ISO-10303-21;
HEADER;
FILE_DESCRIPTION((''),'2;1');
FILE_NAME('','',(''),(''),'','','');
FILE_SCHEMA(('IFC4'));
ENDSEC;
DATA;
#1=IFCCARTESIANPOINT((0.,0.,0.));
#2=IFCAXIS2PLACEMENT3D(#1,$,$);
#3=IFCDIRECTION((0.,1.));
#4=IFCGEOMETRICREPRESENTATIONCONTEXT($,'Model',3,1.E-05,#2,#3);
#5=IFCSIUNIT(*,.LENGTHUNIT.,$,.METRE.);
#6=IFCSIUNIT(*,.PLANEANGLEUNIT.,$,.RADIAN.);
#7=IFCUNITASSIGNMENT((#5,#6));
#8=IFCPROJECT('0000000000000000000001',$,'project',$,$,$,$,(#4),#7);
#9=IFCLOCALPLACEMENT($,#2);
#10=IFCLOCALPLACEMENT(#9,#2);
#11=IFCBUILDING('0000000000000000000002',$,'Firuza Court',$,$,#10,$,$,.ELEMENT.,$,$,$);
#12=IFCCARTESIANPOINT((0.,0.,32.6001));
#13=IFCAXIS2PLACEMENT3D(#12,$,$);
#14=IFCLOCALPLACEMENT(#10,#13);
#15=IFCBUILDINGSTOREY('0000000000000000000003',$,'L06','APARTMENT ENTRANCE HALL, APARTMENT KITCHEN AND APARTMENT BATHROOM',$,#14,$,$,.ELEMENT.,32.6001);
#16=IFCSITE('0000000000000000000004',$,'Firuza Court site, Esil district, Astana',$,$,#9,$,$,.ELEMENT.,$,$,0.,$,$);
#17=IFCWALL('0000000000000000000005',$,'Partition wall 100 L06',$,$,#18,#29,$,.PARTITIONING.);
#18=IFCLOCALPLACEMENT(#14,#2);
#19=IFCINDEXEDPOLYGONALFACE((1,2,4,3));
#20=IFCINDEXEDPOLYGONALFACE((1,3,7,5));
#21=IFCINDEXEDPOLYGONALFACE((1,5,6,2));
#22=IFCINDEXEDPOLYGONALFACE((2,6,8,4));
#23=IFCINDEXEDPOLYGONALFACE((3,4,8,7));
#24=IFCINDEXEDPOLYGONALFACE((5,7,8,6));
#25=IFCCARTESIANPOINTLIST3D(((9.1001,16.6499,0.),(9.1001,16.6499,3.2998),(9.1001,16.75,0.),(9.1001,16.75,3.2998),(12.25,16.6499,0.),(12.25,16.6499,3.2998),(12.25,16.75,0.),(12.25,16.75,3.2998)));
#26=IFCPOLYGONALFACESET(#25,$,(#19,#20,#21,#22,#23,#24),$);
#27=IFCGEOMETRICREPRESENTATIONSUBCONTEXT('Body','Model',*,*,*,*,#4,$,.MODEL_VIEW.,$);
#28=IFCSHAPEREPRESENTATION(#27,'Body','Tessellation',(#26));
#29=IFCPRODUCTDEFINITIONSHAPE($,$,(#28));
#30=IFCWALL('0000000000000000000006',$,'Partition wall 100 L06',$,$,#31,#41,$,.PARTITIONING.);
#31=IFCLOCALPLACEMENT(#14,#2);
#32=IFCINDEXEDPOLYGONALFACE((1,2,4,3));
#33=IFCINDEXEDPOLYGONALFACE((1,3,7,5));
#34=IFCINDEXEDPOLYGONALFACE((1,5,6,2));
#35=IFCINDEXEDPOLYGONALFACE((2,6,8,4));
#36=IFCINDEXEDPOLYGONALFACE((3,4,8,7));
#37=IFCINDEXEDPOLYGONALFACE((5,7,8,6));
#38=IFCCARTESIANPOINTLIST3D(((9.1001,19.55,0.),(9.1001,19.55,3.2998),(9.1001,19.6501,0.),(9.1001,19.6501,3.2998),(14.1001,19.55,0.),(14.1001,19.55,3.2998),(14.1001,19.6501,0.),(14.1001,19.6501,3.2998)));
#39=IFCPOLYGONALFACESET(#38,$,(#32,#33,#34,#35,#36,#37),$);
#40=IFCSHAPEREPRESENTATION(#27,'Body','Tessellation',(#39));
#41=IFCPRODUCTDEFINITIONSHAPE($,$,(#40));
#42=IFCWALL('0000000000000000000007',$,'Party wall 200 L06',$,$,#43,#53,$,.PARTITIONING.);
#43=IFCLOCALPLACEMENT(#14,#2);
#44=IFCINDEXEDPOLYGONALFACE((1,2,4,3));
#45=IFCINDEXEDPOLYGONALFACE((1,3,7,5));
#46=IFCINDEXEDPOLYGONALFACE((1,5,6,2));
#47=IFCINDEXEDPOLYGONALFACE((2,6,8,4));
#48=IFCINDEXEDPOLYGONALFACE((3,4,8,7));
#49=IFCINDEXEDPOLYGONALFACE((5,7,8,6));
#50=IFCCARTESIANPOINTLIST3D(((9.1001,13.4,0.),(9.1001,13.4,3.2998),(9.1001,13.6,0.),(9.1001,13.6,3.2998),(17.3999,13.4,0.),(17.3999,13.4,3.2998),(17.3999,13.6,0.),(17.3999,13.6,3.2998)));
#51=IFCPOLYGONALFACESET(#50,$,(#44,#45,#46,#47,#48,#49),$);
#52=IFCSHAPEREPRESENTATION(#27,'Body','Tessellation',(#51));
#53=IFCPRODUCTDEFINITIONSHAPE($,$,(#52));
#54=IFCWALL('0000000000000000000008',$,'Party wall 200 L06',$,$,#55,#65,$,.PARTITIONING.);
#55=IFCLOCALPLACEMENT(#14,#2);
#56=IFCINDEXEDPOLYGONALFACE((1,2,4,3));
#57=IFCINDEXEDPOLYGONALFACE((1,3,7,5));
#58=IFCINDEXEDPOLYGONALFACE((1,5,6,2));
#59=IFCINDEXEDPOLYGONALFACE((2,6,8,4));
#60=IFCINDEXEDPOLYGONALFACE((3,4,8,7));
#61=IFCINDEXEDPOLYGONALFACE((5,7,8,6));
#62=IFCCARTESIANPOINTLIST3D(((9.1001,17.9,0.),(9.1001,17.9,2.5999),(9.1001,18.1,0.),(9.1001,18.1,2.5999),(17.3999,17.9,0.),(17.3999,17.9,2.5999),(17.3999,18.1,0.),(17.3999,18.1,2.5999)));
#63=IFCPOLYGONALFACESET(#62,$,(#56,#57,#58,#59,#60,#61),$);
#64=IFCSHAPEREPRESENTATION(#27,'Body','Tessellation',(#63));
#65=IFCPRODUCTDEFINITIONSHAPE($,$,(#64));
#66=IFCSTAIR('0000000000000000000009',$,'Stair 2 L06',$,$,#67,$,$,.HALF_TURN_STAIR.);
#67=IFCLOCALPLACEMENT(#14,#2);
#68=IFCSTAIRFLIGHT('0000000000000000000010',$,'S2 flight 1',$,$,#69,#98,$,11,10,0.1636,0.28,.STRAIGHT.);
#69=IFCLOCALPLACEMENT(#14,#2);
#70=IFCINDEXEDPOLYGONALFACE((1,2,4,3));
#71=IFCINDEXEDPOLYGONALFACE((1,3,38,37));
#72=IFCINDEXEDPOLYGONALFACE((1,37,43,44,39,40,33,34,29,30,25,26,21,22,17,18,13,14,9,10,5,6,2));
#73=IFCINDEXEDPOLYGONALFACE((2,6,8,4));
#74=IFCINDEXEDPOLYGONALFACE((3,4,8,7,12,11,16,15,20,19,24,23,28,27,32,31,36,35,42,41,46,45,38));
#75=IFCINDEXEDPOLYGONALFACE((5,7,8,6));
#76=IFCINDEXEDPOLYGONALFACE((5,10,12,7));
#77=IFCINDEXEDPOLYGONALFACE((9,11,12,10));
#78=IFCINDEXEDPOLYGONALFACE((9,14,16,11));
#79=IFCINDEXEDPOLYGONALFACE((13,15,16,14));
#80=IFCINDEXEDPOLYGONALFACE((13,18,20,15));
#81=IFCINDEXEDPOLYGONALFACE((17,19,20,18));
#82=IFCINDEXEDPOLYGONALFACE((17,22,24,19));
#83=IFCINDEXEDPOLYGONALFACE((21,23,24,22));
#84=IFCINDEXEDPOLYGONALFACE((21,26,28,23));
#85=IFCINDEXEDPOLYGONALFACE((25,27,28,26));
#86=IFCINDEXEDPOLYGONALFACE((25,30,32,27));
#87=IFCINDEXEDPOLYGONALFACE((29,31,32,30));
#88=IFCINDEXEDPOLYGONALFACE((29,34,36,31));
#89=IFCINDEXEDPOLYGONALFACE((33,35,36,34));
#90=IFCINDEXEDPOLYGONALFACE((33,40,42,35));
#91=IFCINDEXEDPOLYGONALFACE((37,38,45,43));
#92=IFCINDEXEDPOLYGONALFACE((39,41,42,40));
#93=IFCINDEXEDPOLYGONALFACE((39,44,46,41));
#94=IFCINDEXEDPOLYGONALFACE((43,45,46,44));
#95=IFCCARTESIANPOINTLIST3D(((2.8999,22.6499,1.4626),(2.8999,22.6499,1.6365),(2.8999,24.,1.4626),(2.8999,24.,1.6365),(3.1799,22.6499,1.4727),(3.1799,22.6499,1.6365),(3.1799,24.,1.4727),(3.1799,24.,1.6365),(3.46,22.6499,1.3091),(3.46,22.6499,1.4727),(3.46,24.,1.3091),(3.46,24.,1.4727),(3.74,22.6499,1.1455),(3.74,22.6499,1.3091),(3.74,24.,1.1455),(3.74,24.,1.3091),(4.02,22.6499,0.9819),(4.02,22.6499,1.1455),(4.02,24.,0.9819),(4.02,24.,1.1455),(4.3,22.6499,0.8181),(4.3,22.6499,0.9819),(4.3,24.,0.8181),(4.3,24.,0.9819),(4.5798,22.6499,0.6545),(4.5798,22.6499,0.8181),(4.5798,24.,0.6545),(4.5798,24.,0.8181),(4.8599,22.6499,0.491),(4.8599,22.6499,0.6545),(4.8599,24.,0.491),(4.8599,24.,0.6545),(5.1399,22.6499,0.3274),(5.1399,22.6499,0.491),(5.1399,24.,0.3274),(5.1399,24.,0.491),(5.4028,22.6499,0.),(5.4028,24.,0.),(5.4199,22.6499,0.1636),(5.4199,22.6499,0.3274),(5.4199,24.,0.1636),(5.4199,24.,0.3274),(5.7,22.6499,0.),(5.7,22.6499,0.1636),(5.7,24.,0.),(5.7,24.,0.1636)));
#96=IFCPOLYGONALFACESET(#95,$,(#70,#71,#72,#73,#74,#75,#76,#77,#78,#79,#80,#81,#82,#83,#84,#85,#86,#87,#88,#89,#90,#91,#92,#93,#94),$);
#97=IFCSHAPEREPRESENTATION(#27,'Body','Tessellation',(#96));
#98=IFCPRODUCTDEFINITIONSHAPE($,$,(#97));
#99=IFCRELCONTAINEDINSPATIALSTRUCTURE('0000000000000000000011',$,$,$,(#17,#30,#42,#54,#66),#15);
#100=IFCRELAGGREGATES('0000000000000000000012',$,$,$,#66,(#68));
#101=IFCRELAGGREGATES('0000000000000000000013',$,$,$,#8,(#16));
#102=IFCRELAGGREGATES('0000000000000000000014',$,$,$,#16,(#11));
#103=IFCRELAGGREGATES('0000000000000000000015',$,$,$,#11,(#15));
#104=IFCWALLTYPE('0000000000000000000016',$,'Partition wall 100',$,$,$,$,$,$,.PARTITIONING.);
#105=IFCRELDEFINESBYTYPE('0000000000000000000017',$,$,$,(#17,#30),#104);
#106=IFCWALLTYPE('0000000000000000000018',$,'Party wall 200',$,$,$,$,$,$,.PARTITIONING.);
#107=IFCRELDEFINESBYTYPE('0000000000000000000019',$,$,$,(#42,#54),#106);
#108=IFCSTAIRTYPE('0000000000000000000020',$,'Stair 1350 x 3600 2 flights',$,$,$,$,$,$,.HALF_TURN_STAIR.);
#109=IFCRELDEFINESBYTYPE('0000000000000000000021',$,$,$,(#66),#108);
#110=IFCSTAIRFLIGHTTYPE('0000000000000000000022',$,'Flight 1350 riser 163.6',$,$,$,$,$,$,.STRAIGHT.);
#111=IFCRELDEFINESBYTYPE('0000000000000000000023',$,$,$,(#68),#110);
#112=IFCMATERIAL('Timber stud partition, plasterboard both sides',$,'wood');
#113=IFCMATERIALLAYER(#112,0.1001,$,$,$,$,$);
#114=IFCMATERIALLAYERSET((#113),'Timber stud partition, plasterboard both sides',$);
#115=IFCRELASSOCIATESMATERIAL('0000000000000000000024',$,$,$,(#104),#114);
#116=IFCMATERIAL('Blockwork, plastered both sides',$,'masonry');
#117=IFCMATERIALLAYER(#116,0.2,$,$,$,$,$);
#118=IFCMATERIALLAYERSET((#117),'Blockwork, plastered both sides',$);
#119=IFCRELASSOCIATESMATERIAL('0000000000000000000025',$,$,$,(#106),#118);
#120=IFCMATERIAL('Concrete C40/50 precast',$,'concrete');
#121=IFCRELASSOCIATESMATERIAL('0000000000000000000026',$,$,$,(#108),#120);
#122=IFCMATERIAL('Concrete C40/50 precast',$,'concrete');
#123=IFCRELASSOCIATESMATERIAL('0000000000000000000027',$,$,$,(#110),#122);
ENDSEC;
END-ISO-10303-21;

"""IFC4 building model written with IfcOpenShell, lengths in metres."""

from ifc_helpers import new_model, si_unit, direction, frame, frame_2d, origin, place, context, subcontext, project, spatial, polyline, rectangle, outline, extrude, material, layer, layer_set, type_object, element, aggregate, save


model = new_model("IFC4")

# Units and contexts
model_context = context("Model", 3, precision=1e-05, world=origin(), true_north=direction((0.0, 1.0)))
body_context = subcontext(model_context, "Body", "Model", "MODEL_VIEW")
ifc_project = project(units=[si_unit("LENGTHUNIT", "METRE"), si_unit("PLANEANGLEUNIT", "RADIAN")], contexts=[model_context])

# Site, building, storey
site_placement = place(None, origin())
site = spatial("IfcSite", under=ifc_project, at=site_placement, Name="Firuza Court site, Esil district, Astana", CompositionType="ELEMENT", RefElevation=0.0)
building_placement = place(site_placement, origin())
building = spatial("IfcBuilding", under=site, at=building_placement, Name="Firuza Court", CompositionType="ELEMENT")
storey_placement = place(building_placement, frame((0.0, 0.0, 32.6001)))
storey = spatial("IfcBuildingStorey", under=building, at=storey_placement, Name="L06", Description="APARTMENT ENTRANCE HALL, APARTMENT KITCHEN AND APARTMENT BATHROOM", CompositionType="ELEMENT", Elevation=32.6001)

# Shared definitions
ifc_material_1 = material(Name="Blockwork, plastered both sides", Category="masonry")

# Walls
ifc_material_2 = material(Name="Timber stud partition, plasterboard both sides", Category="wood")
ifc_layer_1 = layer(ifc_material_2, 0.1001)
ifc_layer_set_1 = layer_set([ifc_layer_1], Name="Timber stud partition, plasterboard both sides")
wall_type_1 = type_object("IfcWallType", Name="Partition wall 100", PredefinedType="PARTITIONING", material=ifc_layer_set_1)
for number, where, z_axis, x_axis, name in (
    (1, (9.1001, 16.7, 0.0), (0.0, 0.0, 1.0), (1.0, 0.0, 0.0), "Partition wall 100 L06"),
):
    element("IfcWall", number, at=place(storey_placement, frame(where, z_axis=z_axis, x_axis=x_axis)), inside=storey, type_object=wall_type_1, Name=name, PredefinedType="PARTITIONING", context=body_context, shape_type="SweptSolid", body=[
        extrude(rectangle(XDim=3.1499, YDim=0.1001, at=frame_2d((1.575, 0.0))), origin(), (0.0, 0.0, 1.0), 3.2998),
    ])
wall_1_placement = place(storey_placement, frame((9.1001, 19.6001, 0.0), z_axis=(0.0, 0.0, 1.0), x_axis=(1.0, 0.0, 0.0)))
element("IfcWall", 2, at=wall_1_placement, inside=storey, type_object=wall_type_1, Name="Partition wall 100 L06", PredefinedType="PARTITIONING", context=body_context, shape_type="SweptSolid", body=[
    extrude(rectangle(XDim=5.0, YDim=0.1001, at=frame_2d((2.5, 0.0))), origin(), (0.0, 0.0, 1.0), 3.2998),
])
ifc_layer_2 = layer(ifc_material_1, 0.2)
ifc_layer_set_2 = layer_set([ifc_layer_2], Name="Blockwork, plastered both sides")
wall_type_2 = type_object("IfcWallType", Name="Party wall 200", PredefinedType="PARTITIONING", material=ifc_layer_set_2)
wall_2_placement = place(storey_placement, frame((9.1001, 13.5, 0.0), z_axis=(0.0, 0.0, 1.0), x_axis=(1.0, 0.0, 0.0)))
element("IfcWall", 3, at=wall_2_placement, inside=storey, type_object=wall_type_2, Name="Party wall 200 L06", PredefinedType="PARTITIONING", context=body_context, shape_type="SweptSolid", body=[
    extrude(rectangle(XDim=8.2998, YDim=0.2, at=frame_2d((4.1499, 0.0))), origin(), (0.0, 0.0, 1.0), 3.2998),
])
wall_3_placement = place(storey_placement, frame((9.1001, 18.0, 0.0), z_axis=(0.0, 0.0, 1.0), x_axis=(1.0, 0.0, 0.0)))
element("IfcWall", 4, at=wall_3_placement, inside=storey, type_object=wall_type_2, Name="Party wall 200 L06", PredefinedType="PARTITIONING", context=body_context, shape_type="SweptSolid", body=[
    extrude(rectangle(XDim=8.2998, YDim=0.2, at=frame_2d((4.1499, 0.0))), origin(), (0.0, 0.0, 1.0), 2.5999),
])

# Stair, stair flight
ifc_material_3 = material(Name="Concrete C40/50 precast", Category="concrete")
stair_type = type_object("IfcStairType", Name="Stair 1350 x 3600 2 flights", PredefinedType="HALF_TURN_STAIR", material=ifc_material_3)
stair_placement = place(storey_placement, origin())
stair = element("IfcStair", 5, at=stair_placement, inside=storey, type_object=stair_type, Name="Stair 2 L06", PredefinedType="HALF_TURN_STAIR")
ifc_material_4 = material(Name="Concrete C40/50 precast", Category="concrete")
stair_flight_type = type_object("IfcStairFlightType", Name="Flight 1350 riser 163.6", PredefinedType="STRAIGHT", material=ifc_material_4)
stair_flight_placement = place(storey_placement, frame((5.7, 23.325, 0.0), z_axis=(0.0, 0.0, 1.0), x_axis=(-1.0, 0.0, 0.0)))
stair_flight = element("IfcStairFlight", 6, at=stair_flight_placement, type_object=stair_flight_type, Name="S2 flight 1", NumberOfRisers=11, NumberOfTreads=10, PredefinedType="STRAIGHT", RiserHeight=0.1636, TreadLength=0.28, context=body_context, shape_type="SweptSolid", body=[
    extrude(outline(polyline([(0.0, 0.0), (0.0, 0.1636), (0.28, 0.1636), (0.28, 0.3274), (0.5601, 0.3274), (0.5601, 0.491), (0.8401, 0.491), (0.8401, 0.6545), (1.1201, 0.6545), (1.1201, 0.8181), (1.3999, 0.8181), (1.3999, 0.9819), (1.6799, 0.9819), (1.6799, 1.1455), (1.96, 1.1455), (1.96, 1.3091), (2.24, 1.3091), (2.24, 1.4727), (2.52, 1.4727), (2.52, 1.6365), (2.8, 1.6365), (2.8, 1.8), (2.8, 1.4626), (0.2971, 0.0), (0.0, 0.0)])), frame((0.0, 0.675, 0.0), z_axis=(0.0, -1.0, 0.0), x_axis=(1.0, 0.0, 0.0)), (0.0, 0.0, 1.0), 1.3501),
])
aggregate(stair, [stair_flight])

save(model, "model.ifc")
